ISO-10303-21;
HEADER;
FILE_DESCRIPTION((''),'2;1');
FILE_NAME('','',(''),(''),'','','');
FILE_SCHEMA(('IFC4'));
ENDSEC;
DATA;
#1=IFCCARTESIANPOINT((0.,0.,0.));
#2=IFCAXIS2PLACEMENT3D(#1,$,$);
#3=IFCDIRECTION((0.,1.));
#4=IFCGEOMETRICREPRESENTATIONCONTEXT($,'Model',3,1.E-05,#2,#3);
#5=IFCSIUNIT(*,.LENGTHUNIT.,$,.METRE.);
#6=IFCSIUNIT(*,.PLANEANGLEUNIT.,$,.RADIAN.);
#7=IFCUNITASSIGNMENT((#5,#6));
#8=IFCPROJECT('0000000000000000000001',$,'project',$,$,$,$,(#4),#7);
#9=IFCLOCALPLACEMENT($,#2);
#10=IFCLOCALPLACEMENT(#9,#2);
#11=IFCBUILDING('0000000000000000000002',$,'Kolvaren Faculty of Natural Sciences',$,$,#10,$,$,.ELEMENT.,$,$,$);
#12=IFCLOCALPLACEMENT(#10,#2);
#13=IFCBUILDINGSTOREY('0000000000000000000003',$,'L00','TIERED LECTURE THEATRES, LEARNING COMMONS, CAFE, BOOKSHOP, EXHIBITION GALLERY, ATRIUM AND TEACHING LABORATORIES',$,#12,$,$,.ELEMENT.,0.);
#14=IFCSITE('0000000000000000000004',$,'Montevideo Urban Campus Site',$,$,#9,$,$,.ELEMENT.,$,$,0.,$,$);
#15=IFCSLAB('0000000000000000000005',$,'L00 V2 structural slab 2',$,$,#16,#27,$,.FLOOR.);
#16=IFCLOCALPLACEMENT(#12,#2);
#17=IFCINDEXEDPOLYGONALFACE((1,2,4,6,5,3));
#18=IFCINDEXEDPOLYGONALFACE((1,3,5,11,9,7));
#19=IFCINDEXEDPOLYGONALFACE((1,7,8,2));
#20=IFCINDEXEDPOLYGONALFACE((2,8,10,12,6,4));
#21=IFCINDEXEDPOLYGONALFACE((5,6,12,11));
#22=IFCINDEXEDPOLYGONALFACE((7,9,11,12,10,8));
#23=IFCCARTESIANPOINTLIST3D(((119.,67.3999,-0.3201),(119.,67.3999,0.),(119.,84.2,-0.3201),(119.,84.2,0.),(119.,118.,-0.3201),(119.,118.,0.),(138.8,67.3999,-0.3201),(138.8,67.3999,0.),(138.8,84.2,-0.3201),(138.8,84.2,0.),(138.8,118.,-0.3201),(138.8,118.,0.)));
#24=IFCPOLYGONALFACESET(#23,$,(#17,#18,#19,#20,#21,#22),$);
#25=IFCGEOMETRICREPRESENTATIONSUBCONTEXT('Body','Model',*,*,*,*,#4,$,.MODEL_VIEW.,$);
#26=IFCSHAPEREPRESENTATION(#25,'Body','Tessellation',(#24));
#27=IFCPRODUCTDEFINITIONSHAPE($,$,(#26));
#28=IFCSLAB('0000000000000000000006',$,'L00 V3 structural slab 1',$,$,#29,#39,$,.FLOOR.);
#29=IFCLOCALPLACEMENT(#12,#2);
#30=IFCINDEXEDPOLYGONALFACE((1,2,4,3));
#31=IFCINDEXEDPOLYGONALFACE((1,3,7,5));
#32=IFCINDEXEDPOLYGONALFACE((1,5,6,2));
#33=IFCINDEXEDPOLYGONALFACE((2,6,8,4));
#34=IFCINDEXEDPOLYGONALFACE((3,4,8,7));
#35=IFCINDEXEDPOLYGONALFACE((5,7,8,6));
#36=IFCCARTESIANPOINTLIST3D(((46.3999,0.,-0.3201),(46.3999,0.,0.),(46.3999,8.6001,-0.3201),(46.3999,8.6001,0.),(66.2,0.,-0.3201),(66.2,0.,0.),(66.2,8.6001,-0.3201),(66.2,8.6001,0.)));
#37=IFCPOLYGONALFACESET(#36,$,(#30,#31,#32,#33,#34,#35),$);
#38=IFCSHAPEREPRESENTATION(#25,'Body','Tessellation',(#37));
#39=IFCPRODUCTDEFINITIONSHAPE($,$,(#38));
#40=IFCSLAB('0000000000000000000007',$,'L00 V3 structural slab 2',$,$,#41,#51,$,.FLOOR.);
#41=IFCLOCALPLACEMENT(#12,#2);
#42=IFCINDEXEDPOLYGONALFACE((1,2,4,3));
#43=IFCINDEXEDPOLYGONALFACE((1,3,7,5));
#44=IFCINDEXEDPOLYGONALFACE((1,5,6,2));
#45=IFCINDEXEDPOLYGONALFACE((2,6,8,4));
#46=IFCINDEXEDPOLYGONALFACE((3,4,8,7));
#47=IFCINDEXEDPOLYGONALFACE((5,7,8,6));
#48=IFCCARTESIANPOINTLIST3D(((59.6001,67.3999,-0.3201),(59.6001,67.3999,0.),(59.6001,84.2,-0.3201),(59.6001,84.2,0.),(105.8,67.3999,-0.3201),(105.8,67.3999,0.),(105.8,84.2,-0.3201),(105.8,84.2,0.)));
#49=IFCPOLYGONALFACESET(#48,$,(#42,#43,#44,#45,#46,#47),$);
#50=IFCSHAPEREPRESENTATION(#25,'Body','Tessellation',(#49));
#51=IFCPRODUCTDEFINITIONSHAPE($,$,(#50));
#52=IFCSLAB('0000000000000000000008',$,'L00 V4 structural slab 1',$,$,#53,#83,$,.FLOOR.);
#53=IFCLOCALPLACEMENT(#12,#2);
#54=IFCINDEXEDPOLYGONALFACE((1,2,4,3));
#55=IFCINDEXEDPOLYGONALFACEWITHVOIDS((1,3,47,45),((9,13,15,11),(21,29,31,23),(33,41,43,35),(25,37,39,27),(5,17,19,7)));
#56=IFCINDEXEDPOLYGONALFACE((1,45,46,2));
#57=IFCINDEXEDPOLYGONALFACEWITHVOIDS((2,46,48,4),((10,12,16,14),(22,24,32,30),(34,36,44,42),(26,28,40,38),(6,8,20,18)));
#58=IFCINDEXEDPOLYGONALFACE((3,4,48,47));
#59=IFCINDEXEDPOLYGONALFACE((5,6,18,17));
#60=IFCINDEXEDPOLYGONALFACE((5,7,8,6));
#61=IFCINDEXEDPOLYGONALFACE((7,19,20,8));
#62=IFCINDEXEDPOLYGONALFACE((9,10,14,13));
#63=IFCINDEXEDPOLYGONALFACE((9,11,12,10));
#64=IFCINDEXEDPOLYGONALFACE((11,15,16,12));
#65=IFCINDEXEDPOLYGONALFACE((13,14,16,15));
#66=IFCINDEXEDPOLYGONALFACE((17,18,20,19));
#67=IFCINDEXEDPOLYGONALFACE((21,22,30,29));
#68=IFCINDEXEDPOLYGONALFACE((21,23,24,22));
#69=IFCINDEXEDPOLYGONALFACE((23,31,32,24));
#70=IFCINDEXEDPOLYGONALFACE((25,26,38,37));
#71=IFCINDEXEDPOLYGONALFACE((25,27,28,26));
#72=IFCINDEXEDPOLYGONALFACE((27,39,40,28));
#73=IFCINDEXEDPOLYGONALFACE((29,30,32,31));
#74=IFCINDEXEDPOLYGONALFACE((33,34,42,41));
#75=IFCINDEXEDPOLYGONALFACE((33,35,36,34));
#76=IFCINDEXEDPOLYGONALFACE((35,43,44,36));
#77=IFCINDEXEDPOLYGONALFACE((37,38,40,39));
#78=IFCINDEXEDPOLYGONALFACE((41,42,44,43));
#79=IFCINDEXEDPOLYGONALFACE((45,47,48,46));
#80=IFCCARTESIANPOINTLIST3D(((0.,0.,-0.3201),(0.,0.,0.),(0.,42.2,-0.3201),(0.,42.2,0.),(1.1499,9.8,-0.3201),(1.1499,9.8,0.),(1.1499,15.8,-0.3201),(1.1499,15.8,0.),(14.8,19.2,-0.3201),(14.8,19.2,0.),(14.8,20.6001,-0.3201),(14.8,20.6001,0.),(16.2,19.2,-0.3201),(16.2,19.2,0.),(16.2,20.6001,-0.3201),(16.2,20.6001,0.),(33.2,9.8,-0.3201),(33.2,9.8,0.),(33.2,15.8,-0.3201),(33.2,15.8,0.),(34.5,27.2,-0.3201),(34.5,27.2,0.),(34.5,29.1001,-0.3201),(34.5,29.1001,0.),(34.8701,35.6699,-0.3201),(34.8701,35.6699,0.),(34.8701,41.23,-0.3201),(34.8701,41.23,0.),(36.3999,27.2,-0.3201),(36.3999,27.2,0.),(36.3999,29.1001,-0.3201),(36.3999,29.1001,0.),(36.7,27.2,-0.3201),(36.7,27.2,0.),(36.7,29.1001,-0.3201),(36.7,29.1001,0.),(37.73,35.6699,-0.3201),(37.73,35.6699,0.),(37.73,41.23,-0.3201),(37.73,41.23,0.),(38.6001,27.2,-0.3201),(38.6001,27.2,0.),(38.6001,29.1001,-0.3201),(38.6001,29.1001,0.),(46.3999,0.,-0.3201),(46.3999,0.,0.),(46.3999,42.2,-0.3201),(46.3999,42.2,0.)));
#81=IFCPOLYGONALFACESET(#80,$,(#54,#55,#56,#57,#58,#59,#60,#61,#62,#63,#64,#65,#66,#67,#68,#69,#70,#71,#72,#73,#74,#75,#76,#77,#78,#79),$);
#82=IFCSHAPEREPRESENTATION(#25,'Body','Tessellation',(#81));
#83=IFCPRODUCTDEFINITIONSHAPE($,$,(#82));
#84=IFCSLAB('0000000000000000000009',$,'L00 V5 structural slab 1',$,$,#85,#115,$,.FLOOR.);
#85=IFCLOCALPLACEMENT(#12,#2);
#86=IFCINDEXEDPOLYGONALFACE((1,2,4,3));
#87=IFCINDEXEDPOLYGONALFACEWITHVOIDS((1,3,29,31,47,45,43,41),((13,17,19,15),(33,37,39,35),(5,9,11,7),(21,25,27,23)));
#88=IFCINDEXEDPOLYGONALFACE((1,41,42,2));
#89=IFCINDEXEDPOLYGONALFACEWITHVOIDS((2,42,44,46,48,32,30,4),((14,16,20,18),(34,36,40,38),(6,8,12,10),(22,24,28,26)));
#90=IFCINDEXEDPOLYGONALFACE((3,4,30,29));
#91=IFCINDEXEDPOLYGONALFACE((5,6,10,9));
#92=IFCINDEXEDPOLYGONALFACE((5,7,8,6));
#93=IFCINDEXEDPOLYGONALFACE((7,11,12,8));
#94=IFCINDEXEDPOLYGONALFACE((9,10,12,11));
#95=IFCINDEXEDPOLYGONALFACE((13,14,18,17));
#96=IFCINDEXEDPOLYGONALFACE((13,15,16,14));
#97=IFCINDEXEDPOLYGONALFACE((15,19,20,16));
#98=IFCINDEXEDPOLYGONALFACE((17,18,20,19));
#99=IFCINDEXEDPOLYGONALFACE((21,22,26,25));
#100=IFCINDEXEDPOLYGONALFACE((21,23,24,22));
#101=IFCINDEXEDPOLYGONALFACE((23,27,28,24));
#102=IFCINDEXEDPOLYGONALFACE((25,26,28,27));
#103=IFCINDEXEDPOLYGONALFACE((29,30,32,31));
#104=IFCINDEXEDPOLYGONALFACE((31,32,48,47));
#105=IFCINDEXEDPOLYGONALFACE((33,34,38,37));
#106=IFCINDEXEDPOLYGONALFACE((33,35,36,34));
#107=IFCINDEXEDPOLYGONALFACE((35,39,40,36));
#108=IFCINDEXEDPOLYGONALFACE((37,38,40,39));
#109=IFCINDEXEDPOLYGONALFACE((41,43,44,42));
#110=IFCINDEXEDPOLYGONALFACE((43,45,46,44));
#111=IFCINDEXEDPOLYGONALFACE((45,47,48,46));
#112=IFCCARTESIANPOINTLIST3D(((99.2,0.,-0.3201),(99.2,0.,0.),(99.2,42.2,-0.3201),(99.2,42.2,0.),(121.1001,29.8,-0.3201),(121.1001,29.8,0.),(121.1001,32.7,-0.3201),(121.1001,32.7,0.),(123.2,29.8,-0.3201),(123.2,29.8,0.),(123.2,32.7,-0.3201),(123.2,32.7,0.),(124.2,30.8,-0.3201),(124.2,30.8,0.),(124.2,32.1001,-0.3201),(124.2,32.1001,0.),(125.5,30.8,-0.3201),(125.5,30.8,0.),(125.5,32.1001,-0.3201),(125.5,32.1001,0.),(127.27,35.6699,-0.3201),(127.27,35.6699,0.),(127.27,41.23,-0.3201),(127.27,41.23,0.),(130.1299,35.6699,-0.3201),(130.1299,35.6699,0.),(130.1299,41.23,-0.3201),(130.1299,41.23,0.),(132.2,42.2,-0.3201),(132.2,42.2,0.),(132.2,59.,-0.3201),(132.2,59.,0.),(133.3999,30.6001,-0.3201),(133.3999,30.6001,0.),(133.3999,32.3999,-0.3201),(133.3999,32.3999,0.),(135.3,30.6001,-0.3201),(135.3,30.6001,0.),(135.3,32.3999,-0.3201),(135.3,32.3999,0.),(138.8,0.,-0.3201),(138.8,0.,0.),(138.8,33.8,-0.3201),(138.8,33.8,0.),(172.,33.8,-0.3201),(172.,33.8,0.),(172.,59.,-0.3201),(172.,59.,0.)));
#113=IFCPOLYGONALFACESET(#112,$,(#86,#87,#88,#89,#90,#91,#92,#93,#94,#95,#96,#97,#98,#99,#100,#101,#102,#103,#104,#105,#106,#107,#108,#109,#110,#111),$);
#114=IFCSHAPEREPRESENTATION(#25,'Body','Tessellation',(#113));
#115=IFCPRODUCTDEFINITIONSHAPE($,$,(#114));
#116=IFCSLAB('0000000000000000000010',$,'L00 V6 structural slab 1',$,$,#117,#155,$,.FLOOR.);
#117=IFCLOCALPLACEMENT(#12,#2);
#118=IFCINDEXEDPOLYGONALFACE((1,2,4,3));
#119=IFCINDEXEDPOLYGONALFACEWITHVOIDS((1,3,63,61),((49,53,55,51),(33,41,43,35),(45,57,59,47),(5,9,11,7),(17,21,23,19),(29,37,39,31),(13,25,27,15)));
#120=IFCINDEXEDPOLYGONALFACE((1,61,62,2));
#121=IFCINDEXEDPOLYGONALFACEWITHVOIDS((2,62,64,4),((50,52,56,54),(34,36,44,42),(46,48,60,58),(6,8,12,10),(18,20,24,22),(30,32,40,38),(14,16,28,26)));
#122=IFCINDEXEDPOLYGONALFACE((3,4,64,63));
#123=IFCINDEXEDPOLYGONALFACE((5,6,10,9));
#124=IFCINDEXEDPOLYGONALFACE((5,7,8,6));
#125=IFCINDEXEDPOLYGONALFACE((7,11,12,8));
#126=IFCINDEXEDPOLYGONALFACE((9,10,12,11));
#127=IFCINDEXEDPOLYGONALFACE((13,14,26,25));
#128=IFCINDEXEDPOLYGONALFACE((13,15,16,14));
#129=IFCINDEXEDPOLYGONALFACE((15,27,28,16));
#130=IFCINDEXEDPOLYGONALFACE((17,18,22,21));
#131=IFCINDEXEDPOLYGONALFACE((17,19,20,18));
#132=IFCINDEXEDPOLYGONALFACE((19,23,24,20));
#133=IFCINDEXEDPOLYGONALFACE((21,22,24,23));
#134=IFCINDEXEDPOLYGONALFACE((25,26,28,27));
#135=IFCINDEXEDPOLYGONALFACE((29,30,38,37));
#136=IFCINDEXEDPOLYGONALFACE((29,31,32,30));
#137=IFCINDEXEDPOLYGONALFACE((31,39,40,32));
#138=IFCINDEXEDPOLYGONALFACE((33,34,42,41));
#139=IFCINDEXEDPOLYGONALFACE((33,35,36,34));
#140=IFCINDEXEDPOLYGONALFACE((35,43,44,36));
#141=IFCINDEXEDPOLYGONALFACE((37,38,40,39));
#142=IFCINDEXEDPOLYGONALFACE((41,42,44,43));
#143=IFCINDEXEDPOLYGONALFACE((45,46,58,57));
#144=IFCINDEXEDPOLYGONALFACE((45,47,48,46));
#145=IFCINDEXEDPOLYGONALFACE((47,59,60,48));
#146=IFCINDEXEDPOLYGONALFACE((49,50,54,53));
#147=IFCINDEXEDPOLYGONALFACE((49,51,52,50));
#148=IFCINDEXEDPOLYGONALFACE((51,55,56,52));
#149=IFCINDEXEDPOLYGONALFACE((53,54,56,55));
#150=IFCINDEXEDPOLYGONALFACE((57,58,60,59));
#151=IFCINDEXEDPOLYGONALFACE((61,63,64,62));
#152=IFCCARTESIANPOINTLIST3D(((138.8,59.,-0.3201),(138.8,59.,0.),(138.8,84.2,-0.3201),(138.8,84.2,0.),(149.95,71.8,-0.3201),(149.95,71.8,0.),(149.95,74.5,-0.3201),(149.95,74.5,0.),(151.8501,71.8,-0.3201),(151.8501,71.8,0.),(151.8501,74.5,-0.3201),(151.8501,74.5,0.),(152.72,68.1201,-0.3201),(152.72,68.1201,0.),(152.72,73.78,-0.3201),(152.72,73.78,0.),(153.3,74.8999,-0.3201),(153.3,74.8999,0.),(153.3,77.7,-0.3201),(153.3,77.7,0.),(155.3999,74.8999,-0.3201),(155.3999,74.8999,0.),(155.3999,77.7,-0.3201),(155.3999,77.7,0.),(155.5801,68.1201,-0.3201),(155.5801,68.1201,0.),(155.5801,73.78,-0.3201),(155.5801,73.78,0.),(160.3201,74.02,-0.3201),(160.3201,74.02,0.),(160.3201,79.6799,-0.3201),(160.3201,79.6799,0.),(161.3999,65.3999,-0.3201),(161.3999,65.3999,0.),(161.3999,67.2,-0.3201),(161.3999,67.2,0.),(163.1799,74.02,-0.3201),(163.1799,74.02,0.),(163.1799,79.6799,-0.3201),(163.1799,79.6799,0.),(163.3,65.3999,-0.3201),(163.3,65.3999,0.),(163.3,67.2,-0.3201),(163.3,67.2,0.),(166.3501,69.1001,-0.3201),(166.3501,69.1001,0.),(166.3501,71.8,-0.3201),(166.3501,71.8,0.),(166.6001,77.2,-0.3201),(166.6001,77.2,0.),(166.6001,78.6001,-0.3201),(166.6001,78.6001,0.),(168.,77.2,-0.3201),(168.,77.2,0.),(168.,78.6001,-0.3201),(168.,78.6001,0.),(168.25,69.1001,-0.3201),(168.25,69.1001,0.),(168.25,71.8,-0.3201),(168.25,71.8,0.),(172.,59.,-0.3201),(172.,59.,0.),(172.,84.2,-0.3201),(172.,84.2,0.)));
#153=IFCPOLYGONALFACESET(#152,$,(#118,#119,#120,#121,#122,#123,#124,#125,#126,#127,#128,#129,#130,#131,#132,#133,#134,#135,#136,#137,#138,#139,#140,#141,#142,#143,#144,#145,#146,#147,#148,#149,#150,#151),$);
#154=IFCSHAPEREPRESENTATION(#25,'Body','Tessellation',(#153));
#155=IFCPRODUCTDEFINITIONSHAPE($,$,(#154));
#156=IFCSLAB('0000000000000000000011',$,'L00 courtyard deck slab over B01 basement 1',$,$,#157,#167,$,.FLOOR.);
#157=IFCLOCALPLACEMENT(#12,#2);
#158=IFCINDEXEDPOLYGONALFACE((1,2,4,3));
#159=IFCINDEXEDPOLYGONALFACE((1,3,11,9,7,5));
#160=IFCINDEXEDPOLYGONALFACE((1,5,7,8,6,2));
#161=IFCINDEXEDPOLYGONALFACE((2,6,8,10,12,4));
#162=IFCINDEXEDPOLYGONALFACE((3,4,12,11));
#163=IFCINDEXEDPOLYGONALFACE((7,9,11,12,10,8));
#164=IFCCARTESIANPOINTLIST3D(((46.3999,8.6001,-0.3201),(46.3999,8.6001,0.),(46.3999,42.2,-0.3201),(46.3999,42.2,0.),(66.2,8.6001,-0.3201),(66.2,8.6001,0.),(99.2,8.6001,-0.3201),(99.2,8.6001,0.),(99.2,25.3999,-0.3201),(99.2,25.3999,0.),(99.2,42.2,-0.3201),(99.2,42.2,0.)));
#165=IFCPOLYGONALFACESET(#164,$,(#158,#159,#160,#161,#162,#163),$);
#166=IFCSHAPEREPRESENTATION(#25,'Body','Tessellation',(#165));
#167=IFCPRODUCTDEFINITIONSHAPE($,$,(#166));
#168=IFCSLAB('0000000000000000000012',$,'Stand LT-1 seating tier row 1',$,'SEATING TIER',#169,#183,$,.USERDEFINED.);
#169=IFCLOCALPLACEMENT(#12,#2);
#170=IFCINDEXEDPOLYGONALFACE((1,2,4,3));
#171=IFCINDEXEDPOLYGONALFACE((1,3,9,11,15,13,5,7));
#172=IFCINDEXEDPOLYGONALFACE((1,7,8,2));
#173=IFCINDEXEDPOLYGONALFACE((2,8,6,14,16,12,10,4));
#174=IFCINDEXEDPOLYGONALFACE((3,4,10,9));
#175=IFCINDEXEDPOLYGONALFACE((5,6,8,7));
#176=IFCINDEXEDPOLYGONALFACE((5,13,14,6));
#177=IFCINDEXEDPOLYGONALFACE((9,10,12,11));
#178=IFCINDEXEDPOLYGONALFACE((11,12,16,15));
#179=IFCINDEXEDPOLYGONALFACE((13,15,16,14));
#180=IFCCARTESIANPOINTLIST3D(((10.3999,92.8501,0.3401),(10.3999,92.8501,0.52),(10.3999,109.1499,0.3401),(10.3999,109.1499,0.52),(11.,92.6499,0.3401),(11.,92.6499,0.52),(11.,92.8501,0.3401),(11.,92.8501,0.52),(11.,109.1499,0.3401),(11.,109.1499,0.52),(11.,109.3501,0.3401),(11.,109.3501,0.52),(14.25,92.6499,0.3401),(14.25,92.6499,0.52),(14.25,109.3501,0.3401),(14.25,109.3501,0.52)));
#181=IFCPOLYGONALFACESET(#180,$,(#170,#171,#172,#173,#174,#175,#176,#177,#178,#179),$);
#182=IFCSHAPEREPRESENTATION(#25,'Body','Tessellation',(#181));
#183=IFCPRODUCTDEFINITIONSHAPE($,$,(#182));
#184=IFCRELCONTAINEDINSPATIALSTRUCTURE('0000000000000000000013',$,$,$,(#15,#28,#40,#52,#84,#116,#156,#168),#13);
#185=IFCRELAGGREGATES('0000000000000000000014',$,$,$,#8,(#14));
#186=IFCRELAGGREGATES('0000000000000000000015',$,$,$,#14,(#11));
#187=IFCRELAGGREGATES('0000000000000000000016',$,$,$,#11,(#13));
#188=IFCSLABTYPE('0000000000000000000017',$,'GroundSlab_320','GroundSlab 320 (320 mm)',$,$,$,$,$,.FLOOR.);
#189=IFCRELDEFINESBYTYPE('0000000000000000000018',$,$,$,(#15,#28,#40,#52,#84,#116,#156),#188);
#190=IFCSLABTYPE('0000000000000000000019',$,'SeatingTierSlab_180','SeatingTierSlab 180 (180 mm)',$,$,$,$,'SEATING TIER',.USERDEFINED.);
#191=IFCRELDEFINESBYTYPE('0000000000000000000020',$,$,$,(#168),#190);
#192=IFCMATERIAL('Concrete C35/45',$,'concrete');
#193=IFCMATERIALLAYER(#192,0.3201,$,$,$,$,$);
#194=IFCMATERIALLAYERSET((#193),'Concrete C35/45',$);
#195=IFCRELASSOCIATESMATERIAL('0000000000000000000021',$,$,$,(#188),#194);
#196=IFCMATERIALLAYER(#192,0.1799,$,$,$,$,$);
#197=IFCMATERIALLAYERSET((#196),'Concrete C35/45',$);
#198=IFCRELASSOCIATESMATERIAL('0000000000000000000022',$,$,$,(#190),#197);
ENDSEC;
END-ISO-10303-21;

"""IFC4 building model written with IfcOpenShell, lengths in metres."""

from ifc_helpers import new_model, si_unit, direction, frame, origin, place, context, subcontext, project, spatial, polyline, outline, extrude, material, layer, layer_set, type_object, element, save


model = new_model("IFC4")

# Units and contexts
model_context = context("Model", 3, precision=1e-05, world=origin(), true_north=direction((0.0, 1.0)))
body_context = subcontext(model_context, "Body", "Model", "MODEL_VIEW")
ifc_project = project(units=[si_unit("LENGTHUNIT", "METRE"), si_unit("PLANEANGLEUNIT", "RADIAN")], contexts=[model_context])

# Site, building, storey
site_placement = place(None, origin())
site = spatial("IfcSite", under=ifc_project, at=site_placement, Name="Montevideo Urban Campus Site", CompositionType="ELEMENT", RefElevation=0.0)
building_placement = place(site_placement, origin())
building = spatial("IfcBuilding", under=site, at=building_placement, Name="Kolvaren Faculty of Natural Sciences", CompositionType="ELEMENT")
storey_placement = place(building_placement, origin())
storey = spatial("IfcBuildingStorey", under=building, at=storey_placement, Name="L00", Description="TIERED LECTURE THEATRES, LEARNING COMMONS, CAFE, BOOKSHOP, EXHIBITION GALLERY, ATRIUM AND TEACHING LABORATORIES", CompositionType="ELEMENT", Elevation=0.0)

# Shared definitions
ifc_material_1 = material(Name="Concrete C35/45", Category="concrete")

# Slabs
ifc_layer_1 = layer(ifc_material_1, 0.3201)
ifc_layer_set_1 = layer_set([ifc_layer_1], Name="Concrete C35/45")
slab_type_1 = type_object("IfcSlabType", Name="GroundSlab_320", Description="GroundSlab 320 (320 mm)", PredefinedType="FLOOR", material=ifc_layer_set_1)
slab_1_placement = place(storey_placement, frame((0.0, 0.0, -0.3201)))
element("IfcSlab", 1, at=slab_1_placement, inside=storey, type_object=slab_type_1, Name="L00 V2 structural slab 2", PredefinedType="FLOOR", context=body_context, shape_type="SweptSolid", body=[
    extrude(outline(polyline([(119.0, 118.0), (138.8, 118.0), (138.8, 84.2), (138.8, 67.3999), (119.0, 67.3999), (119.0, 84.2), (119.0, 118.0)])), origin(), (0.0, 0.0, 1.0), 0.3201),
])
slab_2_placement = place(storey_placement, frame((0.0, 0.0, -0.3201)))
element("IfcSlab", 2, at=slab_2_placement, inside=storey, type_object=slab_type_1, Name="L00 V3 structural slab 1", PredefinedType="FLOOR", context=body_context, shape_type="SweptSolid", body=[
    extrude(outline(polyline([(46.3999, 8.6001), (66.2, 8.6001), (66.2, 0.0), (46.3999, 0.0), (46.3999, 8.6001)])), origin(), (0.0, 0.0, 1.0), 0.3201),
])
slab_3_placement = place(storey_placement, frame((0.0, 0.0, -0.3201)))
element("IfcSlab", 3, at=slab_3_placement, inside=storey, type_object=slab_type_1, Name="L00 V3 structural slab 2", PredefinedType="FLOOR", context=body_context, shape_type="SweptSolid", body=[
    extrude(outline(polyline([(59.6001, 84.2), (105.8, 84.2), (105.8, 67.3999), (59.6001, 67.3999), (59.6001, 84.2)])), origin(), (0.0, 0.0, 1.0), 0.3201),
])
slab_4_placement = place(storey_placement, frame((0.0, 0.0, -0.3201)))
element("IfcSlab", 4, at=slab_4_placement, inside=storey, type_object=slab_type_1, Name="L00 V4 structural slab 1", PredefinedType="FLOOR", context=body_context, shape_type="SweptSolid", body=[
    extrude(outline(polyline([(0.0, 0.0), (0.0, 42.2), (46.3999, 42.2), (46.3999, 0.0), (0.0, 0.0)]), holes=[polyline([(38.6001, 29.1001), (36.7, 29.1001), (36.7, 27.2), (38.6001, 27.2), (38.6001, 29.1001)]), polyline([(37.73, 41.23), (34.8701, 41.23), (34.8701, 35.6699), (37.73, 35.6699), (37.73, 41.23)]), polyline([(36.3999, 29.1001), (34.5, 29.1001), (34.5, 27.2), (36.3999, 27.2), (36.3999, 29.1001)]), polyline([(1.1499, 15.8), (1.1499, 9.8), (33.2, 9.8), (33.2, 15.8), (1.1499, 15.8)]), polyline([(16.2, 20.6001), (14.8, 20.6001), (14.8, 19.2), (16.2, 19.2), (16.2, 20.6001)])]), origin(), (0.0, 0.0, 1.0), 0.3201),
])
slab_5_placement = place(storey_placement, frame((0.0, 0.0, -0.3201)))
element("IfcSlab", 5, at=slab_5_placement, inside=storey, type_object=slab_type_1, Name="L00 V5 structural slab 1", PredefinedType="FLOOR", context=body_context, shape_type="SweptSolid", body=[
    extrude(outline(polyline([(99.2, 0.0), (99.2, 42.2), (132.2, 42.2), (132.2, 59.0), (172.0, 59.0), (172.0, 33.8), (138.8, 33.8), (138.8, 0.0), (99.2, 0.0)]), holes=[polyline([(133.3999, 32.3999), (133.3999, 30.6001), (135.3, 30.6001), (135.3, 32.3999), (133.3999, 32.3999)]), polyline([(130.1299, 41.23), (127.27, 41.23), (127.27, 35.6699), (130.1299, 35.6699), (130.1299, 41.23)]), polyline([(125.5, 32.1001), (124.2, 32.1001), (124.2, 30.8), (125.5, 30.8), (125.5, 32.1001)]), polyline([(123.2, 32.7), (121.1001, 32.7), (121.1001, 29.8), (123.2, 29.8), (123.2, 32.7)])]), origin(), (0.0, 0.0, 1.0), 0.3201),
])
slab_6_placement = place(storey_placement, frame((0.0, 0.0, -0.3201)))
element("IfcSlab", 6, at=slab_6_placement, inside=storey, type_object=slab_type_1, Name="L00 V6 structural slab 1", PredefinedType="FLOOR", context=body_context, shape_type="SweptSolid", body=[
    extrude(outline(polyline([(138.8, 59.0), (138.8, 84.2), (172.0, 84.2), (172.0, 59.0), (138.8, 59.0)]), holes=[polyline([(168.25, 71.8), (166.3501, 71.8), (166.3501, 69.1001), (168.25, 69.1001), (168.25, 71.8)]), polyline([(168.0, 78.6001), (166.6001, 78.6001), (166.6001, 77.2), (168.0, 77.2), (168.0, 78.6001)]), polyline([(161.3999, 67.2), (161.3999, 65.3999), (163.3, 65.3999), (163.3, 67.2), (161.3999, 67.2)]), polyline([(163.1799, 79.6799), (160.3201, 79.6799), (160.3201, 74.02), (163.1799, 74.02), (163.1799, 79.6799)]), polyline([(155.5801, 73.78), (152.72, 73.78), (152.72, 68.1201), (155.5801, 68.1201), (155.5801, 73.78)]), polyline([(155.3999, 77.7), (153.3, 77.7), (153.3, 74.8999), (155.3999, 74.8999), (155.3999, 77.7)]), polyline([(151.8501, 74.5), (149.95, 74.5), (149.95, 71.8), (151.8501, 71.8), (151.8501, 74.5)])]), origin(), (0.0, 0.0, 1.0), 0.3201),
])
slab_7_placement = place(storey_placement, frame((0.0, 0.0, -0.3201)))
element("IfcSlab", 7, at=slab_7_placement, inside=storey, type_object=slab_type_1, Name="L00 courtyard deck slab over B01 basement 1", PredefinedType="FLOOR", context=body_context, shape_type="SweptSolid", body=[
    extrude(outline(polyline([(99.2, 42.2), (99.2, 25.3999), (99.2, 8.6001), (66.2, 8.6001), (46.3999, 8.6001), (46.3999, 42.2), (99.2, 42.2)])), origin(), (0.0, 0.0, 1.0), 0.3201),
])
ifc_layer_2 = layer(ifc_material_1, 0.1799)
ifc_layer_set_2 = layer_set([ifc_layer_2], Name="Concrete C35/45")
slab_type_2 = type_object("IfcSlabType", Name="SeatingTierSlab_180", Description="SeatingTierSlab 180 (180 mm)", ElementType="SEATING TIER", PredefinedType="USERDEFINED", material=ifc_layer_set_2)
slab_8_placement = place(storey_placement, frame((0.0, 0.0, 0.3401)))
element("IfcSlab", 8, at=slab_8_placement, inside=storey, type_object=slab_type_2, Name="Stand LT-1 seating tier row 1", ObjectType="SEATING TIER", PredefinedType="USERDEFINED", context=body_context, shape_type="SweptSolid", body=[
    extrude(outline(polyline([(10.3999, 92.8501), (11.0, 92.8501), (11.0, 92.6499), (14.25, 92.6499), (14.25, 109.3501), (11.0, 109.3501), (11.0, 109.1499), (10.3999, 109.1499), (10.3999, 92.8501)])), origin(), (0.0, 0.0, 1.0), 0.1799),
])

save(model, "model.ifc")
